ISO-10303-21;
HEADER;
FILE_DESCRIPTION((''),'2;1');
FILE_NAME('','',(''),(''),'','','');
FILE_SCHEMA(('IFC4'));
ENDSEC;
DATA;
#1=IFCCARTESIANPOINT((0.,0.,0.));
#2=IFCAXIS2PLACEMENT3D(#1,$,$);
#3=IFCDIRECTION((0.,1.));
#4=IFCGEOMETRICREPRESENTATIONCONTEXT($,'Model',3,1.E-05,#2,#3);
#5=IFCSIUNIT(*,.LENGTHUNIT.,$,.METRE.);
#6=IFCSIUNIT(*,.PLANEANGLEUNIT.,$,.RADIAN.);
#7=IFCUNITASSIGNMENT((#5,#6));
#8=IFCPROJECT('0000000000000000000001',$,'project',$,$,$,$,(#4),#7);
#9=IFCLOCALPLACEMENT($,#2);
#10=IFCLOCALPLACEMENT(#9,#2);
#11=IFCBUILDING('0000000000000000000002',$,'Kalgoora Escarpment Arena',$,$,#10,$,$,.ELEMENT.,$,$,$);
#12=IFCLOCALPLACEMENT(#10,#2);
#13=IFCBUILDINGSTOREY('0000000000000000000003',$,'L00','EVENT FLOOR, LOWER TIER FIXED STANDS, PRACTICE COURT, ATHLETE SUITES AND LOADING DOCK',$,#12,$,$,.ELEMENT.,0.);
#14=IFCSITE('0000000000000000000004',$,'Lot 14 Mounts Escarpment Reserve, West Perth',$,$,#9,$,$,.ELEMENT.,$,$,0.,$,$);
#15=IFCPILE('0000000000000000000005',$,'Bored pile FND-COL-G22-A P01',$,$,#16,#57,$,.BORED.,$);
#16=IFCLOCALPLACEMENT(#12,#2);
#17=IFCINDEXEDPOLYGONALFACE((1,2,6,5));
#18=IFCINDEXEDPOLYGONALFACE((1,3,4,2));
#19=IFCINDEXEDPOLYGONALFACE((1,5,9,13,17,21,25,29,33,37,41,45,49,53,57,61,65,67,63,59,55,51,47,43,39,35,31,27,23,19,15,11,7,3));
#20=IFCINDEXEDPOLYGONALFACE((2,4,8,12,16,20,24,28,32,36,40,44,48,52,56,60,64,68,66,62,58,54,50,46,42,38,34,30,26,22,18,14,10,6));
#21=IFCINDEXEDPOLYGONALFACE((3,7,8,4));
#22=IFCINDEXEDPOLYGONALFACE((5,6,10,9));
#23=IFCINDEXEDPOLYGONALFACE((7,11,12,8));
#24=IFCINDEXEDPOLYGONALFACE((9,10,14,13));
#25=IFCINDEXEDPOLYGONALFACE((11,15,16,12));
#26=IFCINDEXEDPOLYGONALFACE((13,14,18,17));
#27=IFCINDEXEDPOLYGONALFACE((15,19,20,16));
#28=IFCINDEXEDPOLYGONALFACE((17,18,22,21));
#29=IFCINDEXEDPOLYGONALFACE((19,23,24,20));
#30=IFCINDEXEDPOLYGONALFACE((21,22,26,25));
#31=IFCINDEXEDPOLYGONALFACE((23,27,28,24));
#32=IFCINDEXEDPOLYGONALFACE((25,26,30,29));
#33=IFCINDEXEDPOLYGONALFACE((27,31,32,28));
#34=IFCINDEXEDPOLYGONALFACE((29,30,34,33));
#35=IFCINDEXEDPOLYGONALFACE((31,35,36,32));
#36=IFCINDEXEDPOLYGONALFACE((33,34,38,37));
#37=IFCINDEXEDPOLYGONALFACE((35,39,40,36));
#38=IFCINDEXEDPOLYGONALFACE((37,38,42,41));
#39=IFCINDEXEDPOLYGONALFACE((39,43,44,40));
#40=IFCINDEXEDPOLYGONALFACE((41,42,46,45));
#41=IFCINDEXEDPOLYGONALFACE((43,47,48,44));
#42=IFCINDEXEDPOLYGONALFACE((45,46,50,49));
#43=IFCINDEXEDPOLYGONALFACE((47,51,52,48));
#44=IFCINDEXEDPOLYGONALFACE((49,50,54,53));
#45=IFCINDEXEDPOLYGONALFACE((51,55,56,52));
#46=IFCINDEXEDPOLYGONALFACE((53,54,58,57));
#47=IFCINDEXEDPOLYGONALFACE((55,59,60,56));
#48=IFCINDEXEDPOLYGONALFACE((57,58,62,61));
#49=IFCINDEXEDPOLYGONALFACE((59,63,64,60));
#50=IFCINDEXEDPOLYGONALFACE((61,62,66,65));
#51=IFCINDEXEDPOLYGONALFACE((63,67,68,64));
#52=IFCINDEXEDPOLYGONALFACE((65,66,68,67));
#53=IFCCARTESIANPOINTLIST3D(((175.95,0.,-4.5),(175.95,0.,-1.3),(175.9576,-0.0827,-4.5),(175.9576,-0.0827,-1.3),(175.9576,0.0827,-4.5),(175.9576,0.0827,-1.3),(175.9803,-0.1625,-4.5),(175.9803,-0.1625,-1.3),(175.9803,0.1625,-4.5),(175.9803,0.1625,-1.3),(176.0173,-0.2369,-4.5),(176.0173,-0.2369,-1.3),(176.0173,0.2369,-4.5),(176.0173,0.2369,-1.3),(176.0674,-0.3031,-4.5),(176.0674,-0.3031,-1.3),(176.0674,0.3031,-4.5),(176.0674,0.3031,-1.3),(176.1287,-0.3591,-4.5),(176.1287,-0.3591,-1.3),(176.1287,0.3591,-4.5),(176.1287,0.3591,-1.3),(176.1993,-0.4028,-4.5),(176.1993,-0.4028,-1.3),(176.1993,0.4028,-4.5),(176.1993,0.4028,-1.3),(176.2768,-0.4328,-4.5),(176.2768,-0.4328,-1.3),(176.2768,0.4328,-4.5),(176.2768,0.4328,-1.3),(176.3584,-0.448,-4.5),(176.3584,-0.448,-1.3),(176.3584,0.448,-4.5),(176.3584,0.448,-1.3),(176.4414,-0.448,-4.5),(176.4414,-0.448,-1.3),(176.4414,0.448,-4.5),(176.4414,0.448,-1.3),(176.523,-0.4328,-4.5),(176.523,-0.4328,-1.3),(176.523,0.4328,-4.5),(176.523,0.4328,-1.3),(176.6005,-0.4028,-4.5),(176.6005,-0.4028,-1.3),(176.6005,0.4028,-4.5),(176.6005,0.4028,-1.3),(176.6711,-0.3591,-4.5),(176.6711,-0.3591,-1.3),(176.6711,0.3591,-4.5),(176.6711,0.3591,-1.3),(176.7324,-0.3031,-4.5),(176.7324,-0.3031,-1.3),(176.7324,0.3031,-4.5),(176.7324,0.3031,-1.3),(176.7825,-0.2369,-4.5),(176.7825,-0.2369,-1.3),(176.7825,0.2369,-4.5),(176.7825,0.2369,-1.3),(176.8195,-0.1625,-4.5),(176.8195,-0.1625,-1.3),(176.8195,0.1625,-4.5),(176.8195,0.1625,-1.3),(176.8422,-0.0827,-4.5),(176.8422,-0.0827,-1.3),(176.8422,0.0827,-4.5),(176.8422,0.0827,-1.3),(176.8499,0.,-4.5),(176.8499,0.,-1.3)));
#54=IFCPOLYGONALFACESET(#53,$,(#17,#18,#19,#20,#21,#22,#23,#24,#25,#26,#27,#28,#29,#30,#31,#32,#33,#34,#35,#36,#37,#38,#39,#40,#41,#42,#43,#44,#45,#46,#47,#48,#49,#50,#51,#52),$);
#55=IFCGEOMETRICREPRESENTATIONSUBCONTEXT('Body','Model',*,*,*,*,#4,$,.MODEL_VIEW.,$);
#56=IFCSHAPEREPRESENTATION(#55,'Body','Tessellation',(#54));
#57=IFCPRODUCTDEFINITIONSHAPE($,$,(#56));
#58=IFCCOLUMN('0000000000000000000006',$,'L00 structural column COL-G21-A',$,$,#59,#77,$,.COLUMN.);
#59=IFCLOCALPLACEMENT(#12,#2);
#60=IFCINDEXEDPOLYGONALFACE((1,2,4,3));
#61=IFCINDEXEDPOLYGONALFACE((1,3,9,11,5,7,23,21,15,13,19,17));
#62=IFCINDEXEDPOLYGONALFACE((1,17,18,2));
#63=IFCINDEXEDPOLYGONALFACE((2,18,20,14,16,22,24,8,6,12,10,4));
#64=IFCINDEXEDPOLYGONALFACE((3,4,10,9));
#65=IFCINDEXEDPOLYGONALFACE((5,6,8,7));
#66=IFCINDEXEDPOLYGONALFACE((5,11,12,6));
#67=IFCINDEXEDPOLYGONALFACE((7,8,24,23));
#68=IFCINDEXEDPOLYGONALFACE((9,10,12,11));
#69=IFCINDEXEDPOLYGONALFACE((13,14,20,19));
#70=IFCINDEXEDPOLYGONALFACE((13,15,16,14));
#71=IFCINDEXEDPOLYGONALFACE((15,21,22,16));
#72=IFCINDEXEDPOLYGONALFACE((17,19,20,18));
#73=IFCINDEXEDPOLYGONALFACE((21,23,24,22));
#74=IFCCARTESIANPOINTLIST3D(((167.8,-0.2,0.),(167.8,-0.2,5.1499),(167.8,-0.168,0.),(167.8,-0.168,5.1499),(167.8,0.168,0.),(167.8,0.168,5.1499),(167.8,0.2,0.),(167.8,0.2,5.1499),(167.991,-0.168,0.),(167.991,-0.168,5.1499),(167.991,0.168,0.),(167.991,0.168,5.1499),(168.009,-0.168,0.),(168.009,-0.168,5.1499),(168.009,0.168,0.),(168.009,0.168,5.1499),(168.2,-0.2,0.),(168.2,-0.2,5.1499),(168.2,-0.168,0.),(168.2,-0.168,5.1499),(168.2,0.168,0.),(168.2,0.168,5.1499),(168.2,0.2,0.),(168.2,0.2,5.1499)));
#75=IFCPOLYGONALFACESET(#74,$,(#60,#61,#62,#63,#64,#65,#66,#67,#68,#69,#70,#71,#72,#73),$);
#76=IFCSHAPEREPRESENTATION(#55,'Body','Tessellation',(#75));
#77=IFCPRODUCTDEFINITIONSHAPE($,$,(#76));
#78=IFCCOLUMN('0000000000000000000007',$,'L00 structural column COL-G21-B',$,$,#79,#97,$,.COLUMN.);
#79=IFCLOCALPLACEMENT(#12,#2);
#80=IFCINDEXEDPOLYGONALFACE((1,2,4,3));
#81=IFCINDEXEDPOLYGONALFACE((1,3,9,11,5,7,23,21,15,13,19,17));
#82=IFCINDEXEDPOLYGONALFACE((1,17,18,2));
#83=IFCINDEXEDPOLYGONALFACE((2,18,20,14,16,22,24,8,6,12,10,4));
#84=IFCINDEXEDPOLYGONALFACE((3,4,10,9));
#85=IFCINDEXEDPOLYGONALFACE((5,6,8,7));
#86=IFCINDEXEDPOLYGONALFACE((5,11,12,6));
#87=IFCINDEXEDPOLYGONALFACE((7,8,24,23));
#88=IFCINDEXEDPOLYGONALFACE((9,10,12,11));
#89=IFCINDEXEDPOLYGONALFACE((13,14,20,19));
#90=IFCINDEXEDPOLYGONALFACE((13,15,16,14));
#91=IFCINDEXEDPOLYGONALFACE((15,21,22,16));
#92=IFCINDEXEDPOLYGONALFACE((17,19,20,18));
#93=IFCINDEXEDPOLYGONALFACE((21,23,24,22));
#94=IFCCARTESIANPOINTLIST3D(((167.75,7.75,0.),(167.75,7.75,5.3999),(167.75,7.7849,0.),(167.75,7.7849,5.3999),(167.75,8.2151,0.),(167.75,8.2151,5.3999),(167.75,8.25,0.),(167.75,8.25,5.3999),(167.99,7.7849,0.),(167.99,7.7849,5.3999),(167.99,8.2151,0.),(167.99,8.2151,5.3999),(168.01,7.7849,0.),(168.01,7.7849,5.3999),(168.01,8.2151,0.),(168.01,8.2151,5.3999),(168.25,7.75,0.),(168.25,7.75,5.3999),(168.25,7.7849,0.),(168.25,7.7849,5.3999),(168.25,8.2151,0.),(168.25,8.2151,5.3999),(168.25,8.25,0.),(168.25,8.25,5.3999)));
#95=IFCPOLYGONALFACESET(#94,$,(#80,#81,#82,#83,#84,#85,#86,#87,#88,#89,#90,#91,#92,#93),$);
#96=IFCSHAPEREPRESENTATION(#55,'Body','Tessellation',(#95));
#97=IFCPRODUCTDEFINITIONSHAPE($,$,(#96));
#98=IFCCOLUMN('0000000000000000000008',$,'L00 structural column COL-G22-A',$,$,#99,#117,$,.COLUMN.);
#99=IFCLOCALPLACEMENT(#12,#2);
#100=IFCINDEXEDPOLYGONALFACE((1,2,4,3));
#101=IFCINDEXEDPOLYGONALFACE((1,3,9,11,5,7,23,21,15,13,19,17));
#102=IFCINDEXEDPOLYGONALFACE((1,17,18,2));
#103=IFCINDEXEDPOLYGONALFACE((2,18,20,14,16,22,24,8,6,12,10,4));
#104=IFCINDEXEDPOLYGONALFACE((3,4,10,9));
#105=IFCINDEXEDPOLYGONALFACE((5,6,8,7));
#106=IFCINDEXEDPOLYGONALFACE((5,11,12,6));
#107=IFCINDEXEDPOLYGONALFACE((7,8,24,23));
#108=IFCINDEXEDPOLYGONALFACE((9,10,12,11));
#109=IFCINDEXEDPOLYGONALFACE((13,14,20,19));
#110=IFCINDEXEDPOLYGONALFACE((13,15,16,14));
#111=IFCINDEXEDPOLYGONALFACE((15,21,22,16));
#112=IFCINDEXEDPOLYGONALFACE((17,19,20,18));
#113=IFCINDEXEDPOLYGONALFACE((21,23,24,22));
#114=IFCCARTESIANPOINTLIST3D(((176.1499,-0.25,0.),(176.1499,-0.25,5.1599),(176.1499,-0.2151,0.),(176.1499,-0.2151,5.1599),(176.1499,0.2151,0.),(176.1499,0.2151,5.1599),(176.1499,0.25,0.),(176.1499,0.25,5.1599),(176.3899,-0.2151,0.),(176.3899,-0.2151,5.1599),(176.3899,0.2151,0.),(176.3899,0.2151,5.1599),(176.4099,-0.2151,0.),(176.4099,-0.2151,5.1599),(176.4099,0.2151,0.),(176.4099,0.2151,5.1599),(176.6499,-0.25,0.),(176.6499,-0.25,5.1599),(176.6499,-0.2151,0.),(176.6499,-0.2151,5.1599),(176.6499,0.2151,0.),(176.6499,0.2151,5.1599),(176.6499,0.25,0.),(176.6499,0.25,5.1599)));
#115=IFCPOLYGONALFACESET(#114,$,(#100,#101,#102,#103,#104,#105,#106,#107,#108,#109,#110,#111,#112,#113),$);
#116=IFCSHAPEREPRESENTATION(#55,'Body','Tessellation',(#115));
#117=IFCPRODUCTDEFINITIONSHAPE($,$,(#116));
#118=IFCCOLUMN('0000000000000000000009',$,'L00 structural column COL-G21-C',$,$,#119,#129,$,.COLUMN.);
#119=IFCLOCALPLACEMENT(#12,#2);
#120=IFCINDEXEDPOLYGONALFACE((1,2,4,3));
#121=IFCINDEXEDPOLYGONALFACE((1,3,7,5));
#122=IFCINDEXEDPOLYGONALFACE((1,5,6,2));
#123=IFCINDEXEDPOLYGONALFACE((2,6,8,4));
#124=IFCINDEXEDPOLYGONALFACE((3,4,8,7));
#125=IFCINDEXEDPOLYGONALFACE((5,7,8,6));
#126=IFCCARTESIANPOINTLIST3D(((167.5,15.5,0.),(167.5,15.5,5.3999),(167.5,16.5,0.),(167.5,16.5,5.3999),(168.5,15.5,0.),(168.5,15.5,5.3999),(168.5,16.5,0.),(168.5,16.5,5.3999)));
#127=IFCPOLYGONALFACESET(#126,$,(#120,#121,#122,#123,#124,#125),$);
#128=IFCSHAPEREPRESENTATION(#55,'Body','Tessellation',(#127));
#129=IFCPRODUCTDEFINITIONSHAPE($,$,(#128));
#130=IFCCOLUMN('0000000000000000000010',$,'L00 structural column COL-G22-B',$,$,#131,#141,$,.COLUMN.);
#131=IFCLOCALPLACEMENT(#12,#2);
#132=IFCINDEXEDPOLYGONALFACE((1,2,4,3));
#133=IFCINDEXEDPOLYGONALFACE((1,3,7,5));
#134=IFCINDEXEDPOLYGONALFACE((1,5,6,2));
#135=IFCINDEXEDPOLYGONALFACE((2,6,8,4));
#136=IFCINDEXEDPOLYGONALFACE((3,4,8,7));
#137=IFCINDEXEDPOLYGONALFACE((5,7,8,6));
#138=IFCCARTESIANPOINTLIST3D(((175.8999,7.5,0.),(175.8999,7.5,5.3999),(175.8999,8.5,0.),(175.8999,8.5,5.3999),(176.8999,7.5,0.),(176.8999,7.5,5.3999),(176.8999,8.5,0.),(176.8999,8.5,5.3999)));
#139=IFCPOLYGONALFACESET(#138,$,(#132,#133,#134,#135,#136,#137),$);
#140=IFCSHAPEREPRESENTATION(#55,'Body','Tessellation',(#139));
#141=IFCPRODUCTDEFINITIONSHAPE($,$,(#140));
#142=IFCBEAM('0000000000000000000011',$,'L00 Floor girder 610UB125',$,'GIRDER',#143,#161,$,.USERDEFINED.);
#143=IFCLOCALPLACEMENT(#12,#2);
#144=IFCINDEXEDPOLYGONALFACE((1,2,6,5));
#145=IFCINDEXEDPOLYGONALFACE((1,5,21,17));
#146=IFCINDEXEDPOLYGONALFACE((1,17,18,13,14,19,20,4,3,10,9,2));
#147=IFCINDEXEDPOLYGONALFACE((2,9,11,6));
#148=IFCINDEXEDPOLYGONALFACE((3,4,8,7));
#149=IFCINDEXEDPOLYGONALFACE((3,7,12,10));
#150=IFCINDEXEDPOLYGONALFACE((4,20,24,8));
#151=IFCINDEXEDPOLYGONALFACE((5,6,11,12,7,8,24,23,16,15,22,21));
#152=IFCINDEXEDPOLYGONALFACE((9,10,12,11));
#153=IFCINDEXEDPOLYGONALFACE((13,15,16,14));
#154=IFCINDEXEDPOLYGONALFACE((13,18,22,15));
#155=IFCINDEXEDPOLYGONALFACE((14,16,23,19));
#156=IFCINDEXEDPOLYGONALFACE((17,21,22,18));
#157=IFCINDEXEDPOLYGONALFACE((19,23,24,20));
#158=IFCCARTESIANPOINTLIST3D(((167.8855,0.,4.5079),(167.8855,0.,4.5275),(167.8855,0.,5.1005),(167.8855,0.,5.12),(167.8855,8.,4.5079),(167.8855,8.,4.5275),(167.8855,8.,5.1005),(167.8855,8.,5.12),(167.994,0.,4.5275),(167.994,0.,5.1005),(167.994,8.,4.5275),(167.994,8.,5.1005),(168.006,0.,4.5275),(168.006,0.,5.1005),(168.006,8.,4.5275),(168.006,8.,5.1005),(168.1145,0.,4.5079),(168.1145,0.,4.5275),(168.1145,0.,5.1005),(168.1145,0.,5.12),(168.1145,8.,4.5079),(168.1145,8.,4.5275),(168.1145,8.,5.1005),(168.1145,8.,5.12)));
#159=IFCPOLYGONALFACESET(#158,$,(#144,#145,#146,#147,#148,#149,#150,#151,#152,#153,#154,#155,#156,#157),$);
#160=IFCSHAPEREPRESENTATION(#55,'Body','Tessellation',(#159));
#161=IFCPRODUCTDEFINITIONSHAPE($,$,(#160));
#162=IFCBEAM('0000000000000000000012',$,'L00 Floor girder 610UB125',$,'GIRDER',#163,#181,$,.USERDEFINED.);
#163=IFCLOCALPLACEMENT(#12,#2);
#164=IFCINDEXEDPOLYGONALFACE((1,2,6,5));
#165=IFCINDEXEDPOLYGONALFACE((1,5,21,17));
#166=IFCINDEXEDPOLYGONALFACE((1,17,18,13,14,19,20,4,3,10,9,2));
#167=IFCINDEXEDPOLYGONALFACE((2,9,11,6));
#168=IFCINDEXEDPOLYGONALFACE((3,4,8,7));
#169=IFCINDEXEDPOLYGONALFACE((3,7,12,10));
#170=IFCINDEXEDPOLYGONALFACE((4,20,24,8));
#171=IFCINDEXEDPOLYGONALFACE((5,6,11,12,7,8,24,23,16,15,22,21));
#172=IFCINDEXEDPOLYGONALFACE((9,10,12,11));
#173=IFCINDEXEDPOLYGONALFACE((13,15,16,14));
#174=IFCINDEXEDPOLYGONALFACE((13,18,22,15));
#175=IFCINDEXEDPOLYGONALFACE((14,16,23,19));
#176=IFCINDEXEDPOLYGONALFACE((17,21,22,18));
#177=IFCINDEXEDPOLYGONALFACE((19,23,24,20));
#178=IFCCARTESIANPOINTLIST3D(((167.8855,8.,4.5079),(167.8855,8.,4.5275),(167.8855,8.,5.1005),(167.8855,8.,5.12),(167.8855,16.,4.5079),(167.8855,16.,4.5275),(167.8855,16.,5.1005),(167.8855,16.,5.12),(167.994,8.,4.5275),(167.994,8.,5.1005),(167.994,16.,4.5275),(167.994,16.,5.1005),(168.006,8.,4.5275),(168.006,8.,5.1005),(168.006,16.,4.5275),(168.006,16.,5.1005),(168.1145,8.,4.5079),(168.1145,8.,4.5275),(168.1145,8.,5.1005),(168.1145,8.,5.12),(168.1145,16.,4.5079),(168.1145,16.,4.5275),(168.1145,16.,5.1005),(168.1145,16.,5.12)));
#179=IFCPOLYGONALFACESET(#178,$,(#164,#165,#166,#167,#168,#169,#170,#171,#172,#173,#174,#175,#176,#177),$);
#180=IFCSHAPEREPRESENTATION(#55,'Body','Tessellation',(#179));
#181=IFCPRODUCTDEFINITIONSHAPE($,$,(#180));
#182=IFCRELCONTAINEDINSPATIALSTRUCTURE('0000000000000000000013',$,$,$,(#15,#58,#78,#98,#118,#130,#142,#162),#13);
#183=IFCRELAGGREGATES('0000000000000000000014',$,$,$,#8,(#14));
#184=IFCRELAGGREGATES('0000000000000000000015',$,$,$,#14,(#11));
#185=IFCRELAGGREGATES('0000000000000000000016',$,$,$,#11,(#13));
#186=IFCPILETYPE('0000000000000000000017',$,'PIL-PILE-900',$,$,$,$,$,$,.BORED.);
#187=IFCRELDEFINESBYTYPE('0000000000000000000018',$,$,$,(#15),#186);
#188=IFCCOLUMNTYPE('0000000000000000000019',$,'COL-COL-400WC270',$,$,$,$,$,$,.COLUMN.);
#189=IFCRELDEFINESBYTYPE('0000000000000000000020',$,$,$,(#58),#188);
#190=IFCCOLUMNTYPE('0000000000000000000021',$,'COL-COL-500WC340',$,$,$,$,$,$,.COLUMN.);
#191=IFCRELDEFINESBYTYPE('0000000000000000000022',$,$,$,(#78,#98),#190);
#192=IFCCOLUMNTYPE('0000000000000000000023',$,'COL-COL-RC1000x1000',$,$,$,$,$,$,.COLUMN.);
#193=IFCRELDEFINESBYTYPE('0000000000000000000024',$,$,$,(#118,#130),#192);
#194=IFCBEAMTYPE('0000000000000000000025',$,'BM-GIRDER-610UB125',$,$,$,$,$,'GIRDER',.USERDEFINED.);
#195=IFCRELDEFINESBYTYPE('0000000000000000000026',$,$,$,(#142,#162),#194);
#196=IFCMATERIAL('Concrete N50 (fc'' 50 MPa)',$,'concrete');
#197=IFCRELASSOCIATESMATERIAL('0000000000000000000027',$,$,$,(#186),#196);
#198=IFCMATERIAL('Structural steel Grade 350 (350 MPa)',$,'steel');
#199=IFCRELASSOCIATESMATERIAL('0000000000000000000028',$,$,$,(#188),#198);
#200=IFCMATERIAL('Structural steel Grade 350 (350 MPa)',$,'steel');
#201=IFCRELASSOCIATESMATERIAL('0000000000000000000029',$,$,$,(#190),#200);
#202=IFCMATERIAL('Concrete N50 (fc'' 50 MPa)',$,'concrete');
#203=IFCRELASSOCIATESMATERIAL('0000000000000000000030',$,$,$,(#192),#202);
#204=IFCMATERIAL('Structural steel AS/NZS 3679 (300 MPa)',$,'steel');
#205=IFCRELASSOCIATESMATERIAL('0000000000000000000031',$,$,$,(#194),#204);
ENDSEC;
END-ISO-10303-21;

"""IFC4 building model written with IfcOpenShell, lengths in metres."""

from ifc_helpers import new_model, si_unit, direction, frame, origin, origin_2d, place, context, subcontext, project, spatial, rectangle, circle, i_section, extrude, material, material_profile, profile_set, type_object, element, save


model = new_model("IFC4")

# Units and contexts
model_context = context("Model", 3, precision=1e-05, world=origin(), true_north=direction((0.0, 1.0)))
body_context = subcontext(model_context, "Body", "Model", "MODEL_VIEW")
ifc_project = project(units=[si_unit("LENGTHUNIT", "METRE"), si_unit("PLANEANGLEUNIT", "RADIAN")], contexts=[model_context])

# Site, building, storey
site_placement = place(None, origin())
site = spatial("IfcSite", under=ifc_project, at=site_placement, Name="Lot 14 Mounts Escarpment Reserve, West Perth", CompositionType="ELEMENT", RefElevation=0.0)
building_placement = place(site_placement, origin())
building = spatial("IfcBuilding", under=site, at=building_placement, Name="Kalgoora Escarpment Arena", CompositionType="ELEMENT")
storey_placement = place(building_placement, origin())
storey = spatial("IfcBuildingStorey", under=building, at=storey_placement, Name="L00", Description="EVENT FLOOR, LOWER TIER FIXED STANDS, PRACTICE COURT, ATHLETE SUITES AND LOADING DOCK", CompositionType="ELEMENT", Elevation=0.0)

# Pile
ifc_material_1 = material(Name="Concrete N50 (fc' 50 MPa)", Category="concrete")
ifc_material_profile_1 = material_profile(ifc_material_1, circle(Radius=0.45, at=origin_2d()))
ifc_profile_set_1 = profile_set([ifc_material_profile_1], Name="Concrete N50 (fc' 50 MPa)")
pile_type_1 = type_object("IfcPileType", Name="PIL-PILE-900", PredefinedType="BORED", material=ifc_profile_set_1)
for number, where, z_axis, x_axis, name in (
    (1, (176.3999, 0.0, -1.3), (0.0, 0.0, -1.0), (1.0, 0.0, 0.0), "Bored pile FND-COL-G22-A P01"),
):
    element("IfcPile", number, at=place(storey_placement, frame(where, z_axis=z_axis, x_axis=x_axis)), inside=storey, type_object=pile_type_1, Name=name, PredefinedType="BORED", context=body_context, shape_type="SweptSolid", body=[
        extrude(circle(Radius=0.45, at=origin_2d()), origin(), (0.0, 0.0, 1.0), 3.2),
    ])

# Columns
ifc_material_2 = material(Name="Structural steel Grade 350 (350 MPa)", Category="steel")
ifc_material_profile_2 = material_profile(ifc_material_2, i_section(OverallWidth=0.3999, OverallDepth=0.3999, WebThickness=0.0181, FlangeThickness=0.032, at=origin_2d()))
ifc_profile_set_2 = profile_set([ifc_material_profile_2], Name="Structural steel Grade 350 (350 MPa)")
column_type_1 = type_object("IfcColumnType", Name="COL-COL-400WC270", PredefinedType="COLUMN", material=ifc_profile_set_2)
column_1_placement = place(storey_placement, frame((168.0, 0.0, 0.0), z_axis=(0.0, 0.0, 1.0), x_axis=(1.0, 0.0, 0.0)))
element("IfcColumn", 2, at=column_1_placement, inside=storey, type_object=column_type_1, Name="L00 structural column COL-G21-A", PredefinedType="COLUMN", context=body_context, shape_type="SweptSolid", body=[
    extrude(i_section(OverallWidth=0.3999, OverallDepth=0.3999, WebThickness=0.0181, FlangeThickness=0.032, at=origin_2d()), origin(), (0.0, 0.0, 1.0), 5.1499),
])
ifc_material_3 = material(Name="Structural steel Grade 350 (350 MPa)", Category="steel")
ifc_material_profile_3 = material_profile(ifc_material_3, i_section(OverallWidth=0.5, OverallDepth=0.5, WebThickness=0.02, FlangeThickness=0.0349, at=origin_2d()))
ifc_profile_set_3 = profile_set([ifc_material_profile_3], Name="Structural steel Grade 350 (350 MPa)")
column_type_2 = type_object("IfcColumnType", Name="COL-COL-500WC340", PredefinedType="COLUMN", material=ifc_profile_set_3)
column_2_placement = place(storey_placement, frame((168.0, 8.0, 0.0), z_axis=(0.0, 0.0, 1.0), x_axis=(1.0, 0.0, 0.0)))
element("IfcColumn", 3, at=column_2_placement, inside=storey, type_object=column_type_2, Name="L00 structural column COL-G21-B", PredefinedType="COLUMN", context=body_context, shape_type="SweptSolid", body=[
    extrude(i_section(OverallWidth=0.5, OverallDepth=0.5, WebThickness=0.02, FlangeThickness=0.0349, at=origin_2d()), origin(), (0.0, 0.0, 1.0), 5.3999),
])
column_3_placement = place(storey_placement, frame((176.3999, 0.0, 0.0), z_axis=(0.0, 0.0, 1.0), x_axis=(1.0, 0.0, 0.0)))
element("IfcColumn", 4, at=column_3_placement, inside=storey, type_object=column_type_2, Name="L00 structural column COL-G22-A", PredefinedType="COLUMN", context=body_context, shape_type="SweptSolid", body=[
    extrude(i_section(OverallWidth=0.5, OverallDepth=0.5, WebThickness=0.02, FlangeThickness=0.0349, at=origin_2d()), origin(), (0.0, 0.0, 1.0), 5.1599),
])
ifc_material_4 = material(Name="Concrete N50 (fc' 50 MPa)", Category="concrete")
ifc_material_profile_4 = material_profile(ifc_material_4, rectangle(XDim=1.0, YDim=1.0, at=origin_2d()))
ifc_profile_set_4 = profile_set([ifc_material_profile_4], Name="Concrete N50 (fc' 50 MPa)")
column_type_3 = type_object("IfcColumnType", Name="COL-COL-RC1000x1000", PredefinedType="COLUMN", material=ifc_profile_set_4)
for number, where, z_axis, x_axis, name in (
    (5, (168.0, 16.0, 0.0), (0.0, 0.0, 1.0), (1.0, 0.0, 0.0), "L00 structural column COL-G21-C"),
    (6, (176.3999, 8.0, 0.0), (0.0, 0.0, 1.0), (1.0, 0.0, 0.0), "L00 structural column COL-G22-B"),
):
    element("IfcColumn", number, at=place(storey_placement, frame(where, z_axis=z_axis, x_axis=x_axis)), inside=storey, type_object=column_type_3, Name=name, PredefinedType="COLUMN", context=body_context, shape_type="SweptSolid", body=[
        extrude(rectangle(XDim=1.0, YDim=1.0, at=origin_2d()), origin(), (0.0, 0.0, 1.0), 5.3999),
    ])

# Beams
ifc_material_5 = material(Name="Structural steel AS/NZS 3679 (300 MPa)", Category="steel")
ifc_material_profile_5 = material_profile(ifc_material_5, i_section(OverallWidth=0.229, OverallDepth=0.6121, WebThickness=0.012, FlangeThickness=0.0195, at=origin_2d()))
ifc_profile_set_5 = profile_set([ifc_material_profile_5], Name="Structural steel AS/NZS 3679 (300 MPa)")
beam_type_1 = type_object("IfcBeamType", Name="BM-GIRDER-610UB125", ElementType="GIRDER", PredefinedType="USERDEFINED", material=ifc_profile_set_5)
for number, where, z_axis, x_axis, name in (
    (7, (168.0, 0.0, 4.814), (0.0, 1.0, 0.0), (-1.0, 0.0, 0.0), "L00 Floor girder 610UB125"),
    (8, (168.0, 8.0, 4.814), (0.0, 1.0, 0.0), (-1.0, 0.0, 0.0), "L00 Floor girder 610UB125"),
):
    element("IfcBeam", number, at=place(storey_placement, frame(where, z_axis=z_axis, x_axis=x_axis)), inside=storey, type_object=beam_type_1, Name=name, ObjectType="GIRDER", PredefinedType="USERDEFINED", context=body_context, shape_type="SweptSolid", body=[
        extrude(i_section(OverallWidth=0.229, OverallDepth=0.6121, WebThickness=0.012, FlangeThickness=0.0195, at=origin_2d()), origin(), (0.0, 0.0, 1.0), 8.0),
    ])

save(model, "model.ifc")
